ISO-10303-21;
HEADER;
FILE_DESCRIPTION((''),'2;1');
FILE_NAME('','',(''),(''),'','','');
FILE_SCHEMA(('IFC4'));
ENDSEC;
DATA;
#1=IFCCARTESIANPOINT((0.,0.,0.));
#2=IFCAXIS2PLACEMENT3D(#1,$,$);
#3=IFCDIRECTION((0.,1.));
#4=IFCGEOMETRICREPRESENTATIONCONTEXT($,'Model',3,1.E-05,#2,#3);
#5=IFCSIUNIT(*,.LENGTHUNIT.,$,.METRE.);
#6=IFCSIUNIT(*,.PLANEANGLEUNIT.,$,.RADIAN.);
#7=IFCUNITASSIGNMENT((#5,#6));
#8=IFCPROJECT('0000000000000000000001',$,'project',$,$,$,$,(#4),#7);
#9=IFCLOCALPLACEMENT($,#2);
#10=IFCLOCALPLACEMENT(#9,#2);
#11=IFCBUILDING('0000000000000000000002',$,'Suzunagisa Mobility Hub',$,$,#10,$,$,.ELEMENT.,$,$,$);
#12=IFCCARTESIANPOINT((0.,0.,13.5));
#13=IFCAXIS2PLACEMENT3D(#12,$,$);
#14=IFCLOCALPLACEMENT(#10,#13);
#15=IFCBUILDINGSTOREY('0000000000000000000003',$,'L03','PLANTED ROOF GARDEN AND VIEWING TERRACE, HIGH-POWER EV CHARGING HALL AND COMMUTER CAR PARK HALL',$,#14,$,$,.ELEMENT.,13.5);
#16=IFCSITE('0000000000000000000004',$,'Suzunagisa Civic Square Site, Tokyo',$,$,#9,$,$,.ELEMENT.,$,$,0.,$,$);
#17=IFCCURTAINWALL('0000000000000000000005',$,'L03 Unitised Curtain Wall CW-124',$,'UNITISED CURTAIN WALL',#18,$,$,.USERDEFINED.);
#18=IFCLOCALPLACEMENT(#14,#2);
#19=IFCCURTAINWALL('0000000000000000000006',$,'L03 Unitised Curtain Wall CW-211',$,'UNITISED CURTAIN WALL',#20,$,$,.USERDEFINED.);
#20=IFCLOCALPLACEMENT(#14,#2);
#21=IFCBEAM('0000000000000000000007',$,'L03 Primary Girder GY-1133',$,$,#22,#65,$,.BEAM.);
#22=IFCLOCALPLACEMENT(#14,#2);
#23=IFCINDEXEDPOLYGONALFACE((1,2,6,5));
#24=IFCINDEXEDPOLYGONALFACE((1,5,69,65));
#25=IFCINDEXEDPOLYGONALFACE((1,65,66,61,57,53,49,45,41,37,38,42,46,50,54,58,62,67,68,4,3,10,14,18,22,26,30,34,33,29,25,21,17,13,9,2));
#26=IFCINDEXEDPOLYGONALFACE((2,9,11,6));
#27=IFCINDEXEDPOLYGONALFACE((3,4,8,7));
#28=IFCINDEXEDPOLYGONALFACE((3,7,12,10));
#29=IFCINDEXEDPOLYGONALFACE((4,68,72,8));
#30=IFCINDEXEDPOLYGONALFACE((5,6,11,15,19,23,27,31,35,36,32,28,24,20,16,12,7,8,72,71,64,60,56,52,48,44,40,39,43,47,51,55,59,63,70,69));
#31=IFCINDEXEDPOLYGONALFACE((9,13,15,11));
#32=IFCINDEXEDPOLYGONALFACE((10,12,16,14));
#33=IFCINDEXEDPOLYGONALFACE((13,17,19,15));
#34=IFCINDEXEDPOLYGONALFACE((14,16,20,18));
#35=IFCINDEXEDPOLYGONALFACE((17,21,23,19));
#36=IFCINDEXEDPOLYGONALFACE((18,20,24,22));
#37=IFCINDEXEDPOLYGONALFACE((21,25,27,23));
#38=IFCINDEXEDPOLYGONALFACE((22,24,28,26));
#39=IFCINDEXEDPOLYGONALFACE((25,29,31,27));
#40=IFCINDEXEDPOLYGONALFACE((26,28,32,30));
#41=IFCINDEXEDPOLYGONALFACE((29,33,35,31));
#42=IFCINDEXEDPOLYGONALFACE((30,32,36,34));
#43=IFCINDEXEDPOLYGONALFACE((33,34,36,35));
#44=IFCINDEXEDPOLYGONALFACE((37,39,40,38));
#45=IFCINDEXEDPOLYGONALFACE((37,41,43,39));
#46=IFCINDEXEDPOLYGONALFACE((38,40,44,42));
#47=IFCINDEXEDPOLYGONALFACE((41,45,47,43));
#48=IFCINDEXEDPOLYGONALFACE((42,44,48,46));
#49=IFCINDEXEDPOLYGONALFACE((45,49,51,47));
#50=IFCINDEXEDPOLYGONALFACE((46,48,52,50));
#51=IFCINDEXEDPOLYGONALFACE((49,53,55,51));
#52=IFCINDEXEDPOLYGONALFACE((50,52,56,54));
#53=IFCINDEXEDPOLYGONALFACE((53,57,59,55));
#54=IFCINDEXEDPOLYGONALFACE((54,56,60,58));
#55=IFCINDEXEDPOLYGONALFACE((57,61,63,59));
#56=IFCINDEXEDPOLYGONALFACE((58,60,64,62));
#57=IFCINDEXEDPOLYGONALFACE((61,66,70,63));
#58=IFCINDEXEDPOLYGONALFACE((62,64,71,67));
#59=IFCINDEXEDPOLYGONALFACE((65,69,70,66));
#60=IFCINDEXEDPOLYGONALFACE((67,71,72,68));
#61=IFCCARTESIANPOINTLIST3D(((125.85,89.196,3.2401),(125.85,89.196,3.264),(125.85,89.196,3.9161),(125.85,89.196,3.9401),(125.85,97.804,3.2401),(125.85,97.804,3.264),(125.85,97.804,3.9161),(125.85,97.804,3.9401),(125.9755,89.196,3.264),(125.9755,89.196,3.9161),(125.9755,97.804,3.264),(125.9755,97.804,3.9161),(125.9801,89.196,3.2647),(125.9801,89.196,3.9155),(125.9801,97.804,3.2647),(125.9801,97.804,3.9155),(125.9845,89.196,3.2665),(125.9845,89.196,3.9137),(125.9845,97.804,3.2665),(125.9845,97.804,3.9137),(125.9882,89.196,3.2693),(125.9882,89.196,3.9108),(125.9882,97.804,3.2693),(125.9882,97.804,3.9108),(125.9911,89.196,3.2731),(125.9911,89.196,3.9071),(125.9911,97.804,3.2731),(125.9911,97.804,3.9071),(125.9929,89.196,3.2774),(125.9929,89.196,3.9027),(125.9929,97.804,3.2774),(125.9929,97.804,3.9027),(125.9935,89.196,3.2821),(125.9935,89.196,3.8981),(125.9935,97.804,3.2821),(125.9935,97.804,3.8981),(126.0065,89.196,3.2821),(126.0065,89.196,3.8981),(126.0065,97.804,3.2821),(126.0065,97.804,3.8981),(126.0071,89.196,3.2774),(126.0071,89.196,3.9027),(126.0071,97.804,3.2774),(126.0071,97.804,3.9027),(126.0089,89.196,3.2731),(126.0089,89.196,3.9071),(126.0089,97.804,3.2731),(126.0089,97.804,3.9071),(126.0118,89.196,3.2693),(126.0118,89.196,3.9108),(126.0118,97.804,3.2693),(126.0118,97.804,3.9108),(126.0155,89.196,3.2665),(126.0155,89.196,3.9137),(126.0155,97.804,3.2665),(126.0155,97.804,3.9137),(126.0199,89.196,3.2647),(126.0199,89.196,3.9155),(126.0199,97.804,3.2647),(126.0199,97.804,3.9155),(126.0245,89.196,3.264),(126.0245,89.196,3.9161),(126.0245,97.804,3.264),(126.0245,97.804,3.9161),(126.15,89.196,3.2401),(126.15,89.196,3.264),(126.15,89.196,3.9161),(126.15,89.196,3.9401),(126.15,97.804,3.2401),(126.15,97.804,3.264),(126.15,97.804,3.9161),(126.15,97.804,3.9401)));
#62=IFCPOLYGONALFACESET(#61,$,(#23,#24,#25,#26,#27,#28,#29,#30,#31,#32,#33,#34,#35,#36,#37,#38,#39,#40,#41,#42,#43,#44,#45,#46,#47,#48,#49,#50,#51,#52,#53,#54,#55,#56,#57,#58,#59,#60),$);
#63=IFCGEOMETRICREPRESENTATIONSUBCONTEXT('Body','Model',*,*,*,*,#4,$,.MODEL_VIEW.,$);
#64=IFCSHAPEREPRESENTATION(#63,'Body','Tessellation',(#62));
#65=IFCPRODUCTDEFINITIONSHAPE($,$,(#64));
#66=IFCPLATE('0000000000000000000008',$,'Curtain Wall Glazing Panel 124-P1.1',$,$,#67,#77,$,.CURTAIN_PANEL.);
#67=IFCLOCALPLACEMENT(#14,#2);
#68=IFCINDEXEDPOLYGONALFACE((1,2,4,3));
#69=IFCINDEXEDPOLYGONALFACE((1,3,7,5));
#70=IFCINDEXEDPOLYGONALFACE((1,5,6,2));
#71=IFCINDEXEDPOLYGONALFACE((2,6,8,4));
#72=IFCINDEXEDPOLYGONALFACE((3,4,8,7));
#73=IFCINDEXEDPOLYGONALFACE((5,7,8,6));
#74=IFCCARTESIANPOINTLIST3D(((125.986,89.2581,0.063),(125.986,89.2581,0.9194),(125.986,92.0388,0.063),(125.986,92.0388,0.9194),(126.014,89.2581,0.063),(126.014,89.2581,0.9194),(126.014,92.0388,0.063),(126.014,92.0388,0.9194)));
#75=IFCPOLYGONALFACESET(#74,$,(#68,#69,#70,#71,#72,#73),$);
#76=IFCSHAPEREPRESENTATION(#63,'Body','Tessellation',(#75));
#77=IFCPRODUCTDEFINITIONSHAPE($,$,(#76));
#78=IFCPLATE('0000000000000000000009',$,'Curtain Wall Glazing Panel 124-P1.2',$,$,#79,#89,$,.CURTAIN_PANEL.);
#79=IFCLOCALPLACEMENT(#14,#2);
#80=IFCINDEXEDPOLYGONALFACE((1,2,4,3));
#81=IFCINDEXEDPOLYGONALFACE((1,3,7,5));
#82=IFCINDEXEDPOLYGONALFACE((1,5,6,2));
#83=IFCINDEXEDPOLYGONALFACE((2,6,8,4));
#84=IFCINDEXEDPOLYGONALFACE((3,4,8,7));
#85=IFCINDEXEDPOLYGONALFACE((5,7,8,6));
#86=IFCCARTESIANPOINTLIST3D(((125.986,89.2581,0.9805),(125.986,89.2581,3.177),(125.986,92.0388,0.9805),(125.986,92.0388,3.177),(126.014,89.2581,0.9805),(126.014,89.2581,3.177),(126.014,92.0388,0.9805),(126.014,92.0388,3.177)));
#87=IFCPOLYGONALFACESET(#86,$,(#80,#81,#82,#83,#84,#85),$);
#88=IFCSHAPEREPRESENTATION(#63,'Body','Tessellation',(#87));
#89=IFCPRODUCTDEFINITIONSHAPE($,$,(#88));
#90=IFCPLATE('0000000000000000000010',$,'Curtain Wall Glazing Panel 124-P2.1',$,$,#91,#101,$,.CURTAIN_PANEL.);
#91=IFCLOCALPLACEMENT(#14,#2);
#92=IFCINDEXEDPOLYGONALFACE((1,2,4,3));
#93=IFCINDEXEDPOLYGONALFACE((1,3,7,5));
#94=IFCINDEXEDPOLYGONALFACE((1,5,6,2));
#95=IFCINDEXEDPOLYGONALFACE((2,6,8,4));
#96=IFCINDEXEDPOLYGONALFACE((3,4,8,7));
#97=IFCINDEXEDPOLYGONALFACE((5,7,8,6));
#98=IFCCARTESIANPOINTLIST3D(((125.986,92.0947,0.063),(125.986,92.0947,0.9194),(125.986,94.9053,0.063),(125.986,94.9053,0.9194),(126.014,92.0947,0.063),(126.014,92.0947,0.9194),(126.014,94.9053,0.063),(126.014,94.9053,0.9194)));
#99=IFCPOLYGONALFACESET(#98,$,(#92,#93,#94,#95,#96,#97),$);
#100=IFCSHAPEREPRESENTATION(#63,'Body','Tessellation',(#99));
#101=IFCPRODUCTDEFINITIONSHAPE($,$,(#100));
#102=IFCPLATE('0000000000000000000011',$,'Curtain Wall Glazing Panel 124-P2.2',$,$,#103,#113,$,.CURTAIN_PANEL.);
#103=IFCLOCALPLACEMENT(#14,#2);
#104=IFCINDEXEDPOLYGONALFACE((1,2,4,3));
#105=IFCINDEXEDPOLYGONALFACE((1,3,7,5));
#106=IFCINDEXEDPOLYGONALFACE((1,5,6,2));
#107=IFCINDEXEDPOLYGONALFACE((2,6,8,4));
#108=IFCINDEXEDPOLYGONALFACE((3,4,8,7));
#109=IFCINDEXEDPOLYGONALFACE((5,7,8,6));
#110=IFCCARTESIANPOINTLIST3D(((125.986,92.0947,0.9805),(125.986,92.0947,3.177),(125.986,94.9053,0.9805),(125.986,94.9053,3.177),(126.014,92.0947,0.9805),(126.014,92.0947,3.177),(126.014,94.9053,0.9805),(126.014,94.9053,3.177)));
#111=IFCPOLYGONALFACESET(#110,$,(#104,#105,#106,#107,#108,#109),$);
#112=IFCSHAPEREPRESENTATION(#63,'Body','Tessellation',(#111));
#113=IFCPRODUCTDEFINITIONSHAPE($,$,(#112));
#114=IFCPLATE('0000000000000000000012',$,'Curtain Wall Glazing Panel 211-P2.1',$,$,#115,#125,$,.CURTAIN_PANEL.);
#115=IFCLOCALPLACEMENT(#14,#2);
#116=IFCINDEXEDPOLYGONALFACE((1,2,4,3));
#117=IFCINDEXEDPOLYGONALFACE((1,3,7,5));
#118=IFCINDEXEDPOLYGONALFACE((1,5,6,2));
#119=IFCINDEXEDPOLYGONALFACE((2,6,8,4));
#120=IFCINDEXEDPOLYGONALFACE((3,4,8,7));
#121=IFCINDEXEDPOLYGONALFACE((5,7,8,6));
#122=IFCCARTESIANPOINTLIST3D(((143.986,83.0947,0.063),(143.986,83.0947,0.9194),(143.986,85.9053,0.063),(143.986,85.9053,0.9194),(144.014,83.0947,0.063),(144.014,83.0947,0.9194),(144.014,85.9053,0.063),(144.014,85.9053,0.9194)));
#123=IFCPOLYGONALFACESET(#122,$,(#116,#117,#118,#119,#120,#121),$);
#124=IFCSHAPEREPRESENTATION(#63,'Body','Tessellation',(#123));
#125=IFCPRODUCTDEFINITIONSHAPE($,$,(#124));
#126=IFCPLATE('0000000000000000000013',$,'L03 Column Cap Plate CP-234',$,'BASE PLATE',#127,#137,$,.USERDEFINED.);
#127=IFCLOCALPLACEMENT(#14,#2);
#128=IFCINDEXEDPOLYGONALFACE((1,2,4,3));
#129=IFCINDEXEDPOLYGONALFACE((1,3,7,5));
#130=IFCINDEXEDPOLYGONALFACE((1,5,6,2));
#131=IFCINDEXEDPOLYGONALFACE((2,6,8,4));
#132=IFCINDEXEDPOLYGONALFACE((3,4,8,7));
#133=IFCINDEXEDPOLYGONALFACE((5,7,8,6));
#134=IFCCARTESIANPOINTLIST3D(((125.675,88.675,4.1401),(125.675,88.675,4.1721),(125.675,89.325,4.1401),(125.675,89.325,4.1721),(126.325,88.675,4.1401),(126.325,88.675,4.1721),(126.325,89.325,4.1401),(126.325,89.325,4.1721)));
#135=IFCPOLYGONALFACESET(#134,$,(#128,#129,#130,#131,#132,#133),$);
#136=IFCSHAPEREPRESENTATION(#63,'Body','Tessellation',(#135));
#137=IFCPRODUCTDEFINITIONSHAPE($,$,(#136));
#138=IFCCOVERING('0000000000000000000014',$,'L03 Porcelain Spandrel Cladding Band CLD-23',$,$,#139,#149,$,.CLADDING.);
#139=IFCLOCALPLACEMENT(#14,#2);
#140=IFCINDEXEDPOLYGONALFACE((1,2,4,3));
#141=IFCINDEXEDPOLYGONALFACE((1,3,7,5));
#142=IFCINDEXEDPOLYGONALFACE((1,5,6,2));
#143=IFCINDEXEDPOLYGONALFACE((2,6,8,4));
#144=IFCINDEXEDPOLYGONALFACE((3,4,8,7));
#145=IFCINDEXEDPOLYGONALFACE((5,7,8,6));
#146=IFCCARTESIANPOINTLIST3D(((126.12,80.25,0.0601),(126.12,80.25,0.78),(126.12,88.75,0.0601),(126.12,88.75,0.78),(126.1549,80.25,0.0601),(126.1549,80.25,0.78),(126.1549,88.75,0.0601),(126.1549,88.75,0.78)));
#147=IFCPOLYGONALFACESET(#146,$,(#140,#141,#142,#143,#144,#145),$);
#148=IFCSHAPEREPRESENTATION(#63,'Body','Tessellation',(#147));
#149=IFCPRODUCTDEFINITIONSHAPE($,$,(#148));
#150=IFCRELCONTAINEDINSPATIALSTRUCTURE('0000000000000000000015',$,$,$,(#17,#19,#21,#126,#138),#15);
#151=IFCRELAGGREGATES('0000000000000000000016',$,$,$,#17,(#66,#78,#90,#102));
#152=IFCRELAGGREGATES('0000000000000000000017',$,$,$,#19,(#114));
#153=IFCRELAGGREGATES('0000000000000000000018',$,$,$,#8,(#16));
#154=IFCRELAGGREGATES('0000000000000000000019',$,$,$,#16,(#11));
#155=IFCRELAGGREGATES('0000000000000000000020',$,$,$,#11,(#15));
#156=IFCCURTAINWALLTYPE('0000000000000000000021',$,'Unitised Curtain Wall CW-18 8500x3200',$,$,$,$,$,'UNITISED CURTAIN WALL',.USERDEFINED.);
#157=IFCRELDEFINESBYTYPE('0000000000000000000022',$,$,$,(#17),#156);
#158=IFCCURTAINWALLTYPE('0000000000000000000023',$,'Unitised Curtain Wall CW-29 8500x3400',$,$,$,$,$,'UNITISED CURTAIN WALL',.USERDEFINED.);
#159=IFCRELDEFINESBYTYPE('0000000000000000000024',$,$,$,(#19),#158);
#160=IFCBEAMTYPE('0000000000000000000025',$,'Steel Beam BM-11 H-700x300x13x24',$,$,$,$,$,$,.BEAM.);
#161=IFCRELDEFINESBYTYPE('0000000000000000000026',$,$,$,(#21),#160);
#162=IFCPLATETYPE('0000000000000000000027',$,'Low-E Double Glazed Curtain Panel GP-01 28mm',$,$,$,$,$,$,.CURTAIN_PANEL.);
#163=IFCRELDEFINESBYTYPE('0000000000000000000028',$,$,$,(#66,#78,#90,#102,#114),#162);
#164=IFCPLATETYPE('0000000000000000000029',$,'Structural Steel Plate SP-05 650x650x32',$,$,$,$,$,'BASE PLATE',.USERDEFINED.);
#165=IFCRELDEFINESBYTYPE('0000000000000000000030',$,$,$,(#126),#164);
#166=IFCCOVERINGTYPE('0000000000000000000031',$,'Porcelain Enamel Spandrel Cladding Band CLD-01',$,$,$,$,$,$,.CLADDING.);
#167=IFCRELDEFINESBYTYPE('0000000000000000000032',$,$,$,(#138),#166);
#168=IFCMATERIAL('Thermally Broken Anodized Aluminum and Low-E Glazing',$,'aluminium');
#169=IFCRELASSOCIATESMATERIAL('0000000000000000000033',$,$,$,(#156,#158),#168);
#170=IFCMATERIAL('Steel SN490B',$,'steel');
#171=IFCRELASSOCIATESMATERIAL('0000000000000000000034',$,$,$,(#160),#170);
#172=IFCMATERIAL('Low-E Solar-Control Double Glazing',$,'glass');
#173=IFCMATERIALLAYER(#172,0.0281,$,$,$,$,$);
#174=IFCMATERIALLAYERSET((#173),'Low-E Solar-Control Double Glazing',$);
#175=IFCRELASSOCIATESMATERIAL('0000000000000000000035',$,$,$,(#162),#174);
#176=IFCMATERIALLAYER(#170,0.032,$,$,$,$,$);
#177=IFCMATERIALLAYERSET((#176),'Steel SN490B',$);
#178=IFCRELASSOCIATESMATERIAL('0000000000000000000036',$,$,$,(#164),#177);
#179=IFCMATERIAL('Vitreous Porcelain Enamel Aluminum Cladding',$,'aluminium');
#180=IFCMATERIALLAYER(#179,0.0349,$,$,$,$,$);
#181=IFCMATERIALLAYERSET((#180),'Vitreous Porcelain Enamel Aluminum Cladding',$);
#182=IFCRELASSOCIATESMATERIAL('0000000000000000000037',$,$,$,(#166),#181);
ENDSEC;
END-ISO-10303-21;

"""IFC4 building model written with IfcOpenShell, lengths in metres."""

from ifc_helpers import new_model, si_unit, direction, frame, origin, origin_2d, place, context, subcontext, project, spatial, rectangle, i_section, extrude, material, layer, layer_set, material_profile, profile_set, type_object, element, aggregate, save


model = new_model("IFC4")

# Units and contexts
model_context = context("Model", 3, precision=1e-05, world=origin(), true_north=direction((0.0, 1.0)))
body_context = subcontext(model_context, "Body", "Model", "MODEL_VIEW")
ifc_project = project(units=[si_unit("LENGTHUNIT", "METRE"), si_unit("PLANEANGLEUNIT", "RADIAN")], contexts=[model_context])

# Site, building, storey
site_placement = place(None, origin())
site = spatial("IfcSite", under=ifc_project, at=site_placement, Name="Suzunagisa Civic Square Site, Tokyo", CompositionType="ELEMENT", RefElevation=0.0)
building_placement = place(site_placement, origin())
building = spatial("IfcBuilding", under=site, at=building_placement, Name="Suzunagisa Mobility Hub", CompositionType="ELEMENT")
storey_placement = place(building_placement, frame((0.0, 0.0, 13.5)))
storey = spatial("IfcBuildingStorey", under=building, at=storey_placement, Name="L03", Description="PLANTED ROOF GARDEN AND VIEWING TERRACE, HIGH-POWER EV CHARGING HALL AND COMMUTER CAR PARK HALL", CompositionType="ELEMENT", Elevation=13.5)

# Shared definitions
ifc_material_1 = material(Name="Steel SN490B", Category="steel")

# Curtain walls
ifc_material_2 = material(Name="Thermally Broken Anodized Aluminum and Low-E Glazing", Category="aluminium")
curtain_wall_type_1 = type_object("IfcCurtainWallType", Name="Unitised Curtain Wall CW-18 8500x3200", ElementType="UNITISED CURTAIN WALL", PredefinedType="USERDEFINED", material=ifc_material_2)
curtain_wall_1_placement = place(storey_placement, origin())
curtain_wall_1 = element("IfcCurtainWall", 1, at=curtain_wall_1_placement, inside=storey, type_object=curtain_wall_type_1, Name="L03 Unitised Curtain Wall CW-124", ObjectType="UNITISED CURTAIN WALL", PredefinedType="USERDEFINED")
curtain_wall_type_2 = type_object("IfcCurtainWallType", Name="Unitised Curtain Wall CW-29 8500x3400", ElementType="UNITISED CURTAIN WALL", PredefinedType="USERDEFINED", material=ifc_material_2)
curtain_wall_2_placement = place(storey_placement, origin())
curtain_wall_2 = element("IfcCurtainWall", 2, at=curtain_wall_2_placement, inside=storey, type_object=curtain_wall_type_2, Name="L03 Unitised Curtain Wall CW-211", ObjectType="UNITISED CURTAIN WALL", PredefinedType="USERDEFINED")

# Beam
ifc_material_profile_1 = material_profile(ifc_material_1, i_section(OverallWidth=0.3, OverallDepth=0.7, WebThickness=0.0129, FlangeThickness=0.0239, FilletRadius=0.0181, at=origin_2d()), Name="H-700x300x13x24")
ifc_profile_set_1 = profile_set([ifc_material_profile_1], Name="Steel SN490B")
beam_type = type_object("IfcBeamType", Name="Steel Beam BM-11 H-700x300x13x24", PredefinedType="BEAM", material=ifc_profile_set_1)
beam_placement = place(storey_placement, frame((126.0, 89.196, 3.5901), z_axis=(0.0, 1.0, 0.0), x_axis=(-1.0, 0.0, 0.0)))
element("IfcBeam", 3, at=beam_placement, inside=storey, type_object=beam_type, Name="L03 Primary Girder GY-1133", PredefinedType="BEAM", context=body_context, shape_type="SweptSolid", body=[
    extrude(i_section(OverallWidth=0.3, OverallDepth=0.7, WebThickness=0.0129, FlangeThickness=0.0239, FilletRadius=0.0181, at=origin_2d()), origin(), (0.0, 0.0, 1.0), 8.6079),
])

# Plates
ifc_material_3 = material(Name="Low-E Solar-Control Double Glazing", Category="glass")
ifc_layer_1 = layer(ifc_material_3, 0.0281)
ifc_layer_set_1 = layer_set([ifc_layer_1], Name="Low-E Solar-Control Double Glazing")
plate_type_1 = type_object("IfcPlateType", Name="Low-E Double Glazed Curtain Panel GP-01 28mm", PredefinedType="CURTAIN_PANEL", material=ifc_layer_set_1)
plate_1_placement = place(storey_placement, frame((126.0, 90.6484, 0.063), z_axis=(0.0, 0.0, 1.0), x_axis=(0.0, 1.0, 0.0)))
plate_1 = element("IfcPlate", 4, at=plate_1_placement, type_object=plate_type_1, Name="Curtain Wall Glazing Panel 124-P1.1", PredefinedType="CURTAIN_PANEL", context=body_context, shape_type="SweptSolid", body=[
    extrude(rectangle(XDim=2.7808, YDim=0.0281, at=origin_2d()), origin(), (0.0, 0.0, 1.0), 0.8564),
])
plate_2_placement = place(storey_placement, frame((126.0, 90.6484, 0.9805), z_axis=(0.0, 0.0, 1.0), x_axis=(0.0, 1.0, 0.0)))
plate_2 = element("IfcPlate", 5, at=plate_2_placement, type_object=plate_type_1, Name="Curtain Wall Glazing Panel 124-P1.2", PredefinedType="CURTAIN_PANEL", context=body_context, shape_type="SweptSolid", body=[
    extrude(rectangle(XDim=2.7808, YDim=0.0281, at=origin_2d()), origin(), (0.0, 0.0, 1.0), 2.1965),
])
plate_3_placement = place(storey_placement, frame((126.0, 93.5, 0.063), z_axis=(0.0, 0.0, 1.0), x_axis=(0.0, 1.0, 0.0)))
plate_3 = element("IfcPlate", 6, at=plate_3_placement, type_object=plate_type_1, Name="Curtain Wall Glazing Panel 124-P2.1", PredefinedType="CURTAIN_PANEL", context=body_context, shape_type="SweptSolid", body=[
    extrude(rectangle(XDim=2.8105, YDim=0.0281, at=origin_2d()), origin(), (0.0, 0.0, 1.0), 0.8564),
])
plate_4_placement = place(storey_placement, frame((126.0, 93.5, 0.9805), z_axis=(0.0, 0.0, 1.0), x_axis=(0.0, 1.0, 0.0)))
plate_4 = element("IfcPlate", 7, at=plate_4_placement, type_object=plate_type_1, Name="Curtain Wall Glazing Panel 124-P2.2", PredefinedType="CURTAIN_PANEL", context=body_context, shape_type="SweptSolid", body=[
    extrude(rectangle(XDim=2.8105, YDim=0.0281, at=origin_2d()), origin(), (0.0, 0.0, 1.0), 2.1965),
])
aggregate(curtain_wall_1, [plate_1, plate_2, plate_3, plate_4])
plate_5_placement = place(storey_placement, frame((144.0, 84.5, 0.063), z_axis=(0.0, 0.0, 1.0), x_axis=(0.0, -1.0, 0.0)))
plate_5 = element("IfcPlate", 8, at=plate_5_placement, type_object=plate_type_1, Name="Curtain Wall Glazing Panel 211-P2.1", PredefinedType="CURTAIN_PANEL", context=body_context, shape_type="SweptSolid", body=[
    extrude(rectangle(XDim=2.8105, YDim=0.0281, at=origin_2d()), origin(), (0.0, 0.0, 1.0), 0.8564),
])
aggregate(curtain_wall_2, [plate_5])
ifc_layer_2 = layer(ifc_material_1, 0.032)
ifc_layer_set_2 = layer_set([ifc_layer_2], Name="Steel SN490B")
plate_type_2 = type_object("IfcPlateType", Name="Structural Steel Plate SP-05 650x650x32", ElementType="BASE PLATE", PredefinedType="USERDEFINED", material=ifc_layer_set_2)
plate_6_placement = place(storey_placement, frame((126.0, 89.0, 4.1401), z_axis=(0.0, 0.0, 1.0), x_axis=(1.0, 0.0, 0.0)))
element("IfcPlate", 9, at=plate_6_placement, inside=storey, type_object=plate_type_2, Name="L03 Column Cap Plate CP-234", ObjectType="BASE PLATE", PredefinedType="USERDEFINED", context=body_context, shape_type="SweptSolid", body=[
    extrude(rectangle(XDim=0.6499, YDim=0.6499, at=origin_2d()), origin(), (0.0, 0.0, 1.0), 0.032),
])

# Covering
ifc_material_4 = material(Name="Vitreous Porcelain Enamel Aluminum Cladding", Category="aluminium")
ifc_layer_3 = layer(ifc_material_4, 0.0349)
ifc_layer_set_3 = layer_set([ifc_layer_3], Name="Vitreous Porcelain Enamel Aluminum Cladding")
covering_type = type_object("IfcCoveringType", Name="Porcelain Enamel Spandrel Cladding Band CLD-01", PredefinedType="CLADDING", material=ifc_layer_set_3)
covering_placement = place(storey_placement, frame((126.1375, 84.5, 0.0601), z_axis=(0.0, 0.0, 1.0), x_axis=(0.0, 1.0, 0.0)))
element("IfcCovering", 10, at=covering_placement, inside=storey, type_object=covering_type, Name="L03 Porcelain Spandrel Cladding Band CLD-23", PredefinedType="CLADDING", context=body_context, shape_type="SweptSolid", body=[
    extrude(rectangle(XDim=8.5, YDim=0.0349, at=origin_2d()), origin(), (0.0, 0.0, 1.0), 0.72),
])

save(model, "model.ifc")
